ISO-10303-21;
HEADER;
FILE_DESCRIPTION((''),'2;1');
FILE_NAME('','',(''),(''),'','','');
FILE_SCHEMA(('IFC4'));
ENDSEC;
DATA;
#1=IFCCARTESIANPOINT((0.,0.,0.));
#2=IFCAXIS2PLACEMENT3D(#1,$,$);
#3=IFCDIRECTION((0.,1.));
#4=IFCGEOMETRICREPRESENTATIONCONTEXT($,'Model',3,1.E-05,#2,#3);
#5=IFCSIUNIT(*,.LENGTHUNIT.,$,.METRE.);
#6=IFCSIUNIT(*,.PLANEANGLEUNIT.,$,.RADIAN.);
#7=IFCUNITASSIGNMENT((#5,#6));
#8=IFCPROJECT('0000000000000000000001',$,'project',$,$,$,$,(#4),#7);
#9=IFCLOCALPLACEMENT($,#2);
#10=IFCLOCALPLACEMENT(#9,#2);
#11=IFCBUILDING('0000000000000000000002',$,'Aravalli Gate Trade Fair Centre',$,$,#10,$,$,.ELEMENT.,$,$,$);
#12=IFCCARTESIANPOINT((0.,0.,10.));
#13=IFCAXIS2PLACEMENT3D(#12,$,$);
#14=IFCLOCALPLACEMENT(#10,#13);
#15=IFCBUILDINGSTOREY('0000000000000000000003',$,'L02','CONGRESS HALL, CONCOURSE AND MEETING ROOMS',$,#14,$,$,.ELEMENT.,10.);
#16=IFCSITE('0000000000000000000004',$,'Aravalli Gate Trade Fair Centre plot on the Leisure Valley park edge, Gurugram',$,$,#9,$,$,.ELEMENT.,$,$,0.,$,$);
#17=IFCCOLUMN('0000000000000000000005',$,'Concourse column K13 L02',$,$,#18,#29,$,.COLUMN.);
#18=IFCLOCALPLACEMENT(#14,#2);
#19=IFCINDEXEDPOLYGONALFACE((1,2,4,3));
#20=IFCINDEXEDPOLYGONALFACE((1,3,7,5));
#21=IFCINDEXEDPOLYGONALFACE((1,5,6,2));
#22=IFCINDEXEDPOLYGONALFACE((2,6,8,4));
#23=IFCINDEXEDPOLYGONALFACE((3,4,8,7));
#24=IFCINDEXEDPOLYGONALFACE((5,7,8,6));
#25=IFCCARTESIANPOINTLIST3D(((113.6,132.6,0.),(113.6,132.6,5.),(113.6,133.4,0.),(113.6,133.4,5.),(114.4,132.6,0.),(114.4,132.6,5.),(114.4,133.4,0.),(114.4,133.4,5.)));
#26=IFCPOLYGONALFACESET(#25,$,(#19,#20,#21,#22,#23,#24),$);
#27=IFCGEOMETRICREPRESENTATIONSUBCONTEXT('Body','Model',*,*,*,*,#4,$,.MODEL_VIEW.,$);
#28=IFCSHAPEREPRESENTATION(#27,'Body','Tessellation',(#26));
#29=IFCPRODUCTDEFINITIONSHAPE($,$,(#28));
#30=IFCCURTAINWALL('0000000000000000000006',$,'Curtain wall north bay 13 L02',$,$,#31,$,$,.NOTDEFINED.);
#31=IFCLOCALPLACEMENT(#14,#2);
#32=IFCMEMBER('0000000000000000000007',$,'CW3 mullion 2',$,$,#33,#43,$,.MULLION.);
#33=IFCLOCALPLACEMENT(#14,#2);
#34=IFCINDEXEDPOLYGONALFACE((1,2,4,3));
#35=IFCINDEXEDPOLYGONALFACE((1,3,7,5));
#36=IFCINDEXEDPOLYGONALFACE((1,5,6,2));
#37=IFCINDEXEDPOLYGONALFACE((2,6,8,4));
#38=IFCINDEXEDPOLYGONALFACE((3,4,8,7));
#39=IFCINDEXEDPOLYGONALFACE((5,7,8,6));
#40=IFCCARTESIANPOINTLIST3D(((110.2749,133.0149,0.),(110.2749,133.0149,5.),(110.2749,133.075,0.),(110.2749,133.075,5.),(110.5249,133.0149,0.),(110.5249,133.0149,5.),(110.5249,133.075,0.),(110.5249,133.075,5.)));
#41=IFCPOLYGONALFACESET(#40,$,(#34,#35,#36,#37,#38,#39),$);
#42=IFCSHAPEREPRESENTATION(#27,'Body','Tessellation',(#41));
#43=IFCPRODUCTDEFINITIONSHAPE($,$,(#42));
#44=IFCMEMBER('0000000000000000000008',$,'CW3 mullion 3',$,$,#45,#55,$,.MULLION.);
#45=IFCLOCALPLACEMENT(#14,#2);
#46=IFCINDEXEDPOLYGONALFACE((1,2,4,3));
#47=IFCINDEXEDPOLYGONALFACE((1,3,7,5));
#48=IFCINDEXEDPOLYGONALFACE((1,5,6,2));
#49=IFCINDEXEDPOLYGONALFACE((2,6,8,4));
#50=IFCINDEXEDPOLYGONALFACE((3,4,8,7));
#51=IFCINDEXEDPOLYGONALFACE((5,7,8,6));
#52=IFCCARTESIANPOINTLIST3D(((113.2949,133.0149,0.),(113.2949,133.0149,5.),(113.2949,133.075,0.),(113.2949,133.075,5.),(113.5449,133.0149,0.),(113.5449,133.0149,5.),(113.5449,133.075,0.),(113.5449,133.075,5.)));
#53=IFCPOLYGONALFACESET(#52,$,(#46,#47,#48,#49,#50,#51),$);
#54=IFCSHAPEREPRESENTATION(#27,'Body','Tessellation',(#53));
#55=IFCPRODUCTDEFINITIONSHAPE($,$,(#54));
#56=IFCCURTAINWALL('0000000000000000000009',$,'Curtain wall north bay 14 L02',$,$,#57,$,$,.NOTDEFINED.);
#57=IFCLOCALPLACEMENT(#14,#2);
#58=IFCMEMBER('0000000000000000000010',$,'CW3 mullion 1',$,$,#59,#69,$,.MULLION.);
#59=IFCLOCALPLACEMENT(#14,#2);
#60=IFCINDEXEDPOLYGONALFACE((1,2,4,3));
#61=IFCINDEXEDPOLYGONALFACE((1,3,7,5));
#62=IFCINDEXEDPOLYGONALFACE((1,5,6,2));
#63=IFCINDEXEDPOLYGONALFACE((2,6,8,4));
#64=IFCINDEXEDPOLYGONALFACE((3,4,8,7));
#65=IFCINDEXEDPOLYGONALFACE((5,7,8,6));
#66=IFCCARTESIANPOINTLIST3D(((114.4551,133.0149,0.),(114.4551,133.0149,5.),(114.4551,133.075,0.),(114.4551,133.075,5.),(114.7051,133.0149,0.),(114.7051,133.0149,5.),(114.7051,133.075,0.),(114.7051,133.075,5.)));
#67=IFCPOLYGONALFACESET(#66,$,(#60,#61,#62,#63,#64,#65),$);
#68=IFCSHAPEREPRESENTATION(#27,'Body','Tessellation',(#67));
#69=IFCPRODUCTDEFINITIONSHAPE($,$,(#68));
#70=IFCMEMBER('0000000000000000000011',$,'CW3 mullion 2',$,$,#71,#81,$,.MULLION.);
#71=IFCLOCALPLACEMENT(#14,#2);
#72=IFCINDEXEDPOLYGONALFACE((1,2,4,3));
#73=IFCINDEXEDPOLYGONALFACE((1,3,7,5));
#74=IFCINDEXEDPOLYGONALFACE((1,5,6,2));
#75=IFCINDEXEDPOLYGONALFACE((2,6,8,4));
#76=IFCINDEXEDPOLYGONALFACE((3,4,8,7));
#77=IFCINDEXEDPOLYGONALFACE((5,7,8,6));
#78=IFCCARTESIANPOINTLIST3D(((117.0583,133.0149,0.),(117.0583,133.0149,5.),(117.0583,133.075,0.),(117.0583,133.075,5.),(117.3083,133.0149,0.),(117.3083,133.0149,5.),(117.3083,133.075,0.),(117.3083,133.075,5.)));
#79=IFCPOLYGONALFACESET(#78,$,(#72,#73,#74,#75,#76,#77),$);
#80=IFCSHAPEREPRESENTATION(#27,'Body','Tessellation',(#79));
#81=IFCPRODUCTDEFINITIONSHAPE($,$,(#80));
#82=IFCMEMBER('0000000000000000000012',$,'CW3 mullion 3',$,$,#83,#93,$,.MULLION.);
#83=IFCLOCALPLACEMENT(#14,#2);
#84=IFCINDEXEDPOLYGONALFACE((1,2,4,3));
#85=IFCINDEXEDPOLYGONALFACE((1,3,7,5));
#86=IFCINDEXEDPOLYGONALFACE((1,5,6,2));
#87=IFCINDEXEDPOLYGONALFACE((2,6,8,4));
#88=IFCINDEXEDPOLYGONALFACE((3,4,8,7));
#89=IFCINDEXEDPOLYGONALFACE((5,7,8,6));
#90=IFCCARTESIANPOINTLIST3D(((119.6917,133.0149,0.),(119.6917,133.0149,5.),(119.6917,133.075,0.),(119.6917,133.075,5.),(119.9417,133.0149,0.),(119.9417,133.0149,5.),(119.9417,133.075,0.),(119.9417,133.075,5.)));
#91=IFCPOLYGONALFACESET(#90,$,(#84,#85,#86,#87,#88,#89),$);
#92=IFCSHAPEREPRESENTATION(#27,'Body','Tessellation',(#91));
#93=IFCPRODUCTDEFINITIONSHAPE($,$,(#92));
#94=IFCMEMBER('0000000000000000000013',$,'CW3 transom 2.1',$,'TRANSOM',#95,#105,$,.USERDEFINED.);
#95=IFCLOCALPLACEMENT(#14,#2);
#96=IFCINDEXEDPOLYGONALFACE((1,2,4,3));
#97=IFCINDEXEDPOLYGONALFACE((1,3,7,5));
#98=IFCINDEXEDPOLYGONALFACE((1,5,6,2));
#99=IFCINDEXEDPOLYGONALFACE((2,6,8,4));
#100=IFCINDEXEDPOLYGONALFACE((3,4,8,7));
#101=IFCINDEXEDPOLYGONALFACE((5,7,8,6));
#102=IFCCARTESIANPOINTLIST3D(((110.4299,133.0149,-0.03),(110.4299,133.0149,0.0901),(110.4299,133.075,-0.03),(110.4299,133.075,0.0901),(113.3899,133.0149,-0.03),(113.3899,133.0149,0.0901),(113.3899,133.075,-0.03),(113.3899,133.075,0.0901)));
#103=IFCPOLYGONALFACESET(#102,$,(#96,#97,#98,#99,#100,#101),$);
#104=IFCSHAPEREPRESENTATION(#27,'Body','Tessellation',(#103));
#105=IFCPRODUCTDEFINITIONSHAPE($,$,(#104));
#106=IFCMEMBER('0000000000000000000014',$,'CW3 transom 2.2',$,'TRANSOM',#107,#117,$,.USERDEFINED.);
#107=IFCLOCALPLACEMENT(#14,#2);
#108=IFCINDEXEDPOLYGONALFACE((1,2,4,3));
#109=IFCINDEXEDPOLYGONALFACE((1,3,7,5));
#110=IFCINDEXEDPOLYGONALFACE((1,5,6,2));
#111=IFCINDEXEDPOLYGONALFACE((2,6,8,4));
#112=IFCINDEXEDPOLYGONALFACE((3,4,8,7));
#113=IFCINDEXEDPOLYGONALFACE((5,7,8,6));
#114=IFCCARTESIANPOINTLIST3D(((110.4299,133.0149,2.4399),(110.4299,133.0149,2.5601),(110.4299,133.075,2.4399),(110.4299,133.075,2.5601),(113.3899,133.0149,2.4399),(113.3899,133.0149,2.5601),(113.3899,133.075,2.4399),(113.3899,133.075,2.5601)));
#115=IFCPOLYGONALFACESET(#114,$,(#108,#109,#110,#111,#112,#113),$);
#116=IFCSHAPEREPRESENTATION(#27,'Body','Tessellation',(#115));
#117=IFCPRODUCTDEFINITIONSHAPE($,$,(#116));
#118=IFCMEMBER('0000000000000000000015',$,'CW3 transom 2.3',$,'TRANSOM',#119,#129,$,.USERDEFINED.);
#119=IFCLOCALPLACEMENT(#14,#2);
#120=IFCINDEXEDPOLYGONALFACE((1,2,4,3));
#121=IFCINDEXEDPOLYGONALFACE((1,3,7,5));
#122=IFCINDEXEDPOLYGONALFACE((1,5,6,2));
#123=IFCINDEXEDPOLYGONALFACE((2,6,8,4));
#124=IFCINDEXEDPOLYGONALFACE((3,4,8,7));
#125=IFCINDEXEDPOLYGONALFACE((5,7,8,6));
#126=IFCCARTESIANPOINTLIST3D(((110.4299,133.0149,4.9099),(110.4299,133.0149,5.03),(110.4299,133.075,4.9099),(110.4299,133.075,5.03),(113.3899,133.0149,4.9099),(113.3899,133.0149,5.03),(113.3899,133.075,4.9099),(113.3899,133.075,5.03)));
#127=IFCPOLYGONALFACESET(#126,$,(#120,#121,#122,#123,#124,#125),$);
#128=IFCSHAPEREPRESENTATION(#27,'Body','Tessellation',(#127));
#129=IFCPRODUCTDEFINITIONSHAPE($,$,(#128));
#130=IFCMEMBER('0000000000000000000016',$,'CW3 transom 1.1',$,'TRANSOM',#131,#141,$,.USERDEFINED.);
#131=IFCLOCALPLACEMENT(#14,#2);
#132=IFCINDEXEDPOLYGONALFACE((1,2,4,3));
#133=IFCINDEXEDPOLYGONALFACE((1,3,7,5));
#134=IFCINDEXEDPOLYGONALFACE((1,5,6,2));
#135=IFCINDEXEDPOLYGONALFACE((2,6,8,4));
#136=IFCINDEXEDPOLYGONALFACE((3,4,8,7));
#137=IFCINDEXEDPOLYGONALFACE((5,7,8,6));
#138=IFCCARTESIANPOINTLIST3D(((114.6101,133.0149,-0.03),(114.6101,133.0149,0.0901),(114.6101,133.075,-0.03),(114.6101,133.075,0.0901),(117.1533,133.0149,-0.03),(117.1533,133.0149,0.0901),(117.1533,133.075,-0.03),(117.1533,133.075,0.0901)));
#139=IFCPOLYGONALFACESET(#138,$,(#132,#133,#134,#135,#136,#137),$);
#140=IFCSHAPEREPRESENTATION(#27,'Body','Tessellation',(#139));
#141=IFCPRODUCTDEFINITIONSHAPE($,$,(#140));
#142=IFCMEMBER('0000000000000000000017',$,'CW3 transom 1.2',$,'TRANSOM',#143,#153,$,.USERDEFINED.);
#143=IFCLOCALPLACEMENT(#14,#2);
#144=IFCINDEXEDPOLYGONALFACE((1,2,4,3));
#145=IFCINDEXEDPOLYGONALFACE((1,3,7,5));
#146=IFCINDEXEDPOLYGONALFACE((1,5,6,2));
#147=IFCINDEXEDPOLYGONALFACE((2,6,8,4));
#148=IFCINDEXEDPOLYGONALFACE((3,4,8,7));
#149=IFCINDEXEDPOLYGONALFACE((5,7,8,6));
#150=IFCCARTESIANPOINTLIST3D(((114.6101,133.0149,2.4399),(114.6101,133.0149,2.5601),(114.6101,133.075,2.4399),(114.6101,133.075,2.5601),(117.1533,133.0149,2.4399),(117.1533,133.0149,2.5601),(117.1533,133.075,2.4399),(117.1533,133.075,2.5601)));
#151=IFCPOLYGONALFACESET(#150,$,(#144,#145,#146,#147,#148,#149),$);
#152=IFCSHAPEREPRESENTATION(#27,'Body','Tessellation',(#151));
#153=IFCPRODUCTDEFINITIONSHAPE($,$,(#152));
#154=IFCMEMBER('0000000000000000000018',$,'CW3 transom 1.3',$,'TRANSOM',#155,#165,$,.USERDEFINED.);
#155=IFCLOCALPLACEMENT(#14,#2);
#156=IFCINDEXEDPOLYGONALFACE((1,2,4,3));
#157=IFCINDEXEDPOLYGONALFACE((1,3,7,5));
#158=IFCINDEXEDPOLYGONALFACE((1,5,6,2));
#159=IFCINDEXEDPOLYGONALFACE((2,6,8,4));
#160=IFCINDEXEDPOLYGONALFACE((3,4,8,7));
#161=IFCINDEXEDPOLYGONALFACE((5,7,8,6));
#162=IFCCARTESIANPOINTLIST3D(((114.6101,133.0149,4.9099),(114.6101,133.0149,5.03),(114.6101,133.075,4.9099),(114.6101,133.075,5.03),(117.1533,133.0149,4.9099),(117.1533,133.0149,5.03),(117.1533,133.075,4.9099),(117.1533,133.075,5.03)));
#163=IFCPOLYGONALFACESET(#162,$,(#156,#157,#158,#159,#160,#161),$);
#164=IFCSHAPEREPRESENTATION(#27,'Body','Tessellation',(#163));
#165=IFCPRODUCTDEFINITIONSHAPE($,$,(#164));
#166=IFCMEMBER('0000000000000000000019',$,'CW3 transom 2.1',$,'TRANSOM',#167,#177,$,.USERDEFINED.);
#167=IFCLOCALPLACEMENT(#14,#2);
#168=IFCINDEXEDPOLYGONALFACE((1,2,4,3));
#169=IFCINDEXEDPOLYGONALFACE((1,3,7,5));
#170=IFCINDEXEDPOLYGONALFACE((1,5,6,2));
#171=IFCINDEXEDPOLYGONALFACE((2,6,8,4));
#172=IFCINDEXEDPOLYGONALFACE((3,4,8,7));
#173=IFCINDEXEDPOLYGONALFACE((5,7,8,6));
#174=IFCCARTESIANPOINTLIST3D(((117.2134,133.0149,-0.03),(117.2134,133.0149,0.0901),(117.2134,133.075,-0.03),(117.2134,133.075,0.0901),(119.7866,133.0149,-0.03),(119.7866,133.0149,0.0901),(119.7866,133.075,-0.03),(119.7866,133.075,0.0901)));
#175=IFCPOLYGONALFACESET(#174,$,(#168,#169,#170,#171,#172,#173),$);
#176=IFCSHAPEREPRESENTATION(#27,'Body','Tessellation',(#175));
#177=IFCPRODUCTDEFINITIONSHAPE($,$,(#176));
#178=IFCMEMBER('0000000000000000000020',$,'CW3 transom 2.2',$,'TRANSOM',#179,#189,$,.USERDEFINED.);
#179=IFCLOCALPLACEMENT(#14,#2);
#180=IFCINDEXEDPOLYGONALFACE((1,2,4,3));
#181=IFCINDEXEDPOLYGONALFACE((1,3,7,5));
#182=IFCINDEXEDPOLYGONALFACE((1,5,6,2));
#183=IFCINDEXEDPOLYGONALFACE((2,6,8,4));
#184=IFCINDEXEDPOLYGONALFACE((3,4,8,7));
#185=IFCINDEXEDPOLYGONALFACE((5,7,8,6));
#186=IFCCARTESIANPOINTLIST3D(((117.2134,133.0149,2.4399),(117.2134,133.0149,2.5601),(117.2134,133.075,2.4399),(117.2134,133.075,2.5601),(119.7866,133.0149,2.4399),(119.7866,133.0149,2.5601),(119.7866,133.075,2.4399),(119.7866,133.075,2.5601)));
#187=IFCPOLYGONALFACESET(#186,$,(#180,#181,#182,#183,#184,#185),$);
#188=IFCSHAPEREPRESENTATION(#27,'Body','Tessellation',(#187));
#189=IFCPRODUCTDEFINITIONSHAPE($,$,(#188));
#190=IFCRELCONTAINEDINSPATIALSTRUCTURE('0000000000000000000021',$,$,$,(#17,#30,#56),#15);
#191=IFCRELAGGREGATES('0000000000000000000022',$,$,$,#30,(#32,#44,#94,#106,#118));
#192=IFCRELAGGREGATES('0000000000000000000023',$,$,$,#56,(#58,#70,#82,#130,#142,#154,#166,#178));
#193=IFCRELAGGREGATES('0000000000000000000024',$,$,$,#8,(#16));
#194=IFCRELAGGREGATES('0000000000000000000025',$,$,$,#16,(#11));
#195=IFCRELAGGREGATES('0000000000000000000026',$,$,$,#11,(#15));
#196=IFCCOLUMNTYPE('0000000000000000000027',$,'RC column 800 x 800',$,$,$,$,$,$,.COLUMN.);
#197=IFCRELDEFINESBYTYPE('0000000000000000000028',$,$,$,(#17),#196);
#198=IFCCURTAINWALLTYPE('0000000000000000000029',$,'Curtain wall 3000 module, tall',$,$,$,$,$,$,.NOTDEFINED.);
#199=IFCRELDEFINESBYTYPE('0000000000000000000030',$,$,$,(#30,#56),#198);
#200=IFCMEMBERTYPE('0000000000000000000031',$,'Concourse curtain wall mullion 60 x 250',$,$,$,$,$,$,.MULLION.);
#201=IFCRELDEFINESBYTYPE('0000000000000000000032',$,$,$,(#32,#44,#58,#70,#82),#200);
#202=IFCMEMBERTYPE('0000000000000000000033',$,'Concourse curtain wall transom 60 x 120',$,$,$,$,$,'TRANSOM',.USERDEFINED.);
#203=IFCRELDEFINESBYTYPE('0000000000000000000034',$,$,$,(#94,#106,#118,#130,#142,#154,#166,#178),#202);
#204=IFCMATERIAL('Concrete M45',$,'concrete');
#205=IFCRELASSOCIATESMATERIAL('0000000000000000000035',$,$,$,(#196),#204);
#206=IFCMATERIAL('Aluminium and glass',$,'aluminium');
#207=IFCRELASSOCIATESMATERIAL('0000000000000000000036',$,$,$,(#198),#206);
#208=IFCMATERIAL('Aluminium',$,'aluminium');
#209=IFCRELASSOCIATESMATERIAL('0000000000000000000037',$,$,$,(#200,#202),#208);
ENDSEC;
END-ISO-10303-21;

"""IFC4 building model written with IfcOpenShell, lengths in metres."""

from ifc_helpers import new_model, si_unit, direction, frame, origin, origin_2d, place, context, subcontext, project, spatial, rectangle, extrude, material, material_profile, profile_set, type_object, element, aggregate, save


model = new_model("IFC4")

# Units and contexts
model_context = context("Model", 3, precision=1e-05, world=origin(), true_north=direction((0.0, 1.0)))
body_context = subcontext(model_context, "Body", "Model", "MODEL_VIEW")
ifc_project = project(units=[si_unit("LENGTHUNIT", "METRE"), si_unit("PLANEANGLEUNIT", "RADIAN")], contexts=[model_context])

# Site, building, storey
site_placement = place(None, origin())
site = spatial("IfcSite", under=ifc_project, at=site_placement, Name="Aravalli Gate Trade Fair Centre plot on the Leisure Valley park edge, Gurugram", CompositionType="ELEMENT", RefElevation=0.0)
building_placement = place(site_placement, origin())
building = spatial("IfcBuilding", under=site, at=building_placement, Name="Aravalli Gate Trade Fair Centre", CompositionType="ELEMENT")
storey_placement = place(building_placement, frame((0.0, 0.0, 10.0)))
storey = spatial("IfcBuildingStorey", under=building, at=storey_placement, Name="L02", Description="CONGRESS HALL, CONCOURSE AND MEETING ROOMS", CompositionType="ELEMENT", Elevation=10.0)

# Column
ifc_material_1 = material(Name="Concrete M45", Category="concrete")
ifc_material_profile_1 = material_profile(ifc_material_1, rectangle(XDim=0.8, YDim=0.8, at=origin_2d()), Name="RC column 800 x 800")
ifc_profile_set_1 = profile_set([ifc_material_profile_1], Name="Concrete M45")
column_type = type_object("IfcColumnType", Name="RC column 800 x 800", PredefinedType="COLUMN", material=ifc_profile_set_1)
column_placement = place(storey_placement, frame((114.0, 133.0, 0.0), z_axis=(0.0, 0.0, 1.0), x_axis=(1.0, 0.0, 0.0)))
element("IfcColumn", 1, at=column_placement, inside=storey, type_object=column_type, Name="Concourse column K13 L02", PredefinedType="COLUMN", context=body_context, shape_type="SweptSolid", body=[
    extrude(rectangle(XDim=0.8, YDim=0.8, at=origin_2d()), origin(), (0.0, 0.0, 1.0), 5.0),
])

# Curtain walls, members
ifc_material_2 = material(Name="Aluminium and glass", Category="aluminium")
curtain_wall_type = type_object("IfcCurtainWallType", Name="Curtain wall 3000 module, tall", PredefinedType="NOTDEFINED", material=ifc_material_2)
curtain_wall_1_placement = place(storey_placement, origin())
curtain_wall_1 = element("IfcCurtainWall", 2, at=curtain_wall_1_placement, inside=storey, type_object=curtain_wall_type, Name="Curtain wall north bay 13 L02", PredefinedType="NOTDEFINED")
ifc_material_3 = material(Name="Aluminium", Category="aluminium")
ifc_material_profile_2 = material_profile(ifc_material_3, rectangle(XDim=0.0601, YDim=0.25, at=origin_2d()), Name="Concourse curtain wall mullion 60 x 250")
ifc_profile_set_2 = profile_set([ifc_material_profile_2], Name="Aluminium")
member_type_1 = type_object("IfcMemberType", Name="Concourse curtain wall mullion 60 x 250", PredefinedType="MULLION", material=ifc_profile_set_2)
member_1_placement = place(storey_placement, frame((110.3999, 133.0449, 0.0), z_axis=(0.0, 0.0, 1.0), x_axis=(0.0, 1.0, 0.0)))
member_1 = element("IfcMember", 3, at=member_1_placement, type_object=member_type_1, Name="CW3 mullion 2", PredefinedType="MULLION", context=body_context, shape_type="SweptSolid", body=[
    extrude(rectangle(XDim=0.0601, YDim=0.25, at=origin_2d()), origin(), (0.0, 0.0, 1.0), 5.0),
])
member_2_placement = place(storey_placement, frame((113.4199, 133.0449, 0.0), z_axis=(0.0, 0.0, 1.0), x_axis=(0.0, 1.0, 0.0)))
member_2 = element("IfcMember", 4, at=member_2_placement, type_object=member_type_1, Name="CW3 mullion 3", PredefinedType="MULLION", context=body_context, shape_type="SweptSolid", body=[
    extrude(rectangle(XDim=0.0601, YDim=0.25, at=origin_2d()), origin(), (0.0, 0.0, 1.0), 5.0),
])
curtain_wall_2_placement = place(storey_placement, origin())
curtain_wall_2 = element("IfcCurtainWall", 5, at=curtain_wall_2_placement, inside=storey, type_object=curtain_wall_type, Name="Curtain wall north bay 14 L02", PredefinedType="NOTDEFINED")
member_3_placement = place(storey_placement, frame((114.5801, 133.0449, 0.0), z_axis=(0.0, 0.0, 1.0), x_axis=(0.0, 1.0, 0.0)))
member_3 = element("IfcMember", 6, at=member_3_placement, type_object=member_type_1, Name="CW3 mullion 1", PredefinedType="MULLION", context=body_context, shape_type="SweptSolid", body=[
    extrude(rectangle(XDim=0.0601, YDim=0.25, at=origin_2d()), origin(), (0.0, 0.0, 1.0), 5.0),
])
member_4_placement = place(storey_placement, frame((117.1833, 133.0449, 0.0), z_axis=(0.0, 0.0, 1.0), x_axis=(0.0, 1.0, 0.0)))
member_4 = element("IfcMember", 7, at=member_4_placement, type_object=member_type_1, Name="CW3 mullion 2", PredefinedType="MULLION", context=body_context, shape_type="SweptSolid", body=[
    extrude(rectangle(XDim=0.0601, YDim=0.25, at=origin_2d()), origin(), (0.0, 0.0, 1.0), 5.0),
])
member_5_placement = place(storey_placement, frame((119.8167, 133.0449, 0.0), z_axis=(0.0, 0.0, 1.0), x_axis=(0.0, 1.0, 0.0)))
member_5 = element("IfcMember", 8, at=member_5_placement, type_object=member_type_1, Name="CW3 mullion 3", PredefinedType="MULLION", context=body_context, shape_type="SweptSolid", body=[
    extrude(rectangle(XDim=0.0601, YDim=0.25, at=origin_2d()), origin(), (0.0, 0.0, 1.0), 5.0),
])

# Members
ifc_material_profile_3 = material_profile(ifc_material_3, rectangle(XDim=0.0601, YDim=0.1201, at=origin_2d()), Name="Concourse curtain wall transom 60 x 120")
ifc_profile_set_3 = profile_set([ifc_material_profile_3], Name="Aluminium")
member_type_2 = type_object("IfcMemberType", Name="Concourse curtain wall transom 60 x 120", ElementType="TRANSOM", PredefinedType="USERDEFINED", material=ifc_profile_set_3)
member_6_placement = place(storey_placement, frame((110.4299, 133.0449, 0.03), z_axis=(1.0, 0.0, 0.0), x_axis=(0.0, 1.0, 0.0)))
member_6 = element("IfcMember", 9, at=member_6_placement, type_object=member_type_2, Name="CW3 transom 2.1", ObjectType="TRANSOM", PredefinedType="USERDEFINED", context=body_context, shape_type="SweptSolid", body=[
    extrude(rectangle(XDim=0.0601, YDim=0.1201, at=origin_2d()), origin(), (0.0, 0.0, 1.0), 2.96),
])
member_7_placement = place(storey_placement, frame((110.4299, 133.0449, 2.5), z_axis=(1.0, 0.0, 0.0), x_axis=(0.0, 1.0, 0.0)))
member_7 = element("IfcMember", 10, at=member_7_placement, type_object=member_type_2, Name="CW3 transom 2.2", ObjectType="TRANSOM", PredefinedType="USERDEFINED", context=body_context, shape_type="SweptSolid", body=[
    extrude(rectangle(XDim=0.0601, YDim=0.1201, at=origin_2d()), origin(), (0.0, 0.0, 1.0), 2.96),
])
member_8_placement = place(storey_placement, frame((110.4299, 133.0449, 4.97), z_axis=(1.0, 0.0, 0.0), x_axis=(0.0, 1.0, 0.0)))
member_8 = element("IfcMember", 11, at=member_8_placement, type_object=member_type_2, Name="CW3 transom 2.3", ObjectType="TRANSOM", PredefinedType="USERDEFINED", context=body_context, shape_type="SweptSolid", body=[
    extrude(rectangle(XDim=0.0601, YDim=0.1201, at=origin_2d()), origin(), (0.0, 0.0, 1.0), 2.96),
])
member_9_placement = place(storey_placement, frame((114.6101, 133.0449, 0.03), z_axis=(1.0, 0.0, 0.0), x_axis=(0.0, 1.0, 0.0)))
member_9 = element("IfcMember", 12, at=member_9_placement, type_object=member_type_2, Name="CW3 transom 1.1", ObjectType="TRANSOM", PredefinedType="USERDEFINED", context=body_context, shape_type="SweptSolid", body=[
    extrude(rectangle(XDim=0.0601, YDim=0.1201, at=origin_2d()), origin(), (0.0, 0.0, 1.0), 2.5432),
])
member_10_placement = place(storey_placement, frame((114.6101, 133.0449, 2.5), z_axis=(1.0, 0.0, 0.0), x_axis=(0.0, 1.0, 0.0)))
member_10 = element("IfcMember", 13, at=member_10_placement, type_object=member_type_2, Name="CW3 transom 1.2", ObjectType="TRANSOM", PredefinedType="USERDEFINED", context=body_context, shape_type="SweptSolid", body=[
    extrude(rectangle(XDim=0.0601, YDim=0.1201, at=origin_2d()), origin(), (0.0, 0.0, 1.0), 2.5432),
])
member_11_placement = place(storey_placement, frame((114.6101, 133.0449, 4.97), z_axis=(1.0, 0.0, 0.0), x_axis=(0.0, 1.0, 0.0)))
member_11 = element("IfcMember", 14, at=member_11_placement, type_object=member_type_2, Name="CW3 transom 1.3", ObjectType="TRANSOM", PredefinedType="USERDEFINED", context=body_context, shape_type="SweptSolid", body=[
    extrude(rectangle(XDim=0.0601, YDim=0.1201, at=origin_2d()), origin(), (0.0, 0.0, 1.0), 2.5432),
])
member_12_placement = place(storey_placement, frame((117.2134, 133.0449, 0.03), z_axis=(1.0, 0.0, 0.0), x_axis=(0.0, 1.0, 0.0)))
member_12 = element("IfcMember", 15, at=member_12_placement, type_object=member_type_2, Name="CW3 transom 2.1", ObjectType="TRANSOM", PredefinedType="USERDEFINED", context=body_context, shape_type="SweptSolid", body=[
    extrude(rectangle(XDim=0.0601, YDim=0.1201, at=origin_2d()), origin(), (0.0, 0.0, 1.0), 2.5732),
])
member_13_placement = place(storey_placement, frame((117.2134, 133.0449, 2.5), z_axis=(1.0, 0.0, 0.0), x_axis=(0.0, 1.0, 0.0)))
member_13 = element("IfcMember", 16, at=member_13_placement, type_object=member_type_2, Name="CW3 transom 2.2", ObjectType="TRANSOM", PredefinedType="USERDEFINED", context=body_context, shape_type="SweptSolid", body=[
    extrude(rectangle(XDim=0.0601, YDim=0.1201, at=origin_2d()), origin(), (0.0, 0.0, 1.0), 2.5732),
])

aggregate(curtain_wall_1, [member_1, member_2, member_6, member_7, member_8])
aggregate(curtain_wall_2, [member_3, member_4, member_5, member_9, member_10, member_11, member_12, member_13])

save(model, "model.ifc")
